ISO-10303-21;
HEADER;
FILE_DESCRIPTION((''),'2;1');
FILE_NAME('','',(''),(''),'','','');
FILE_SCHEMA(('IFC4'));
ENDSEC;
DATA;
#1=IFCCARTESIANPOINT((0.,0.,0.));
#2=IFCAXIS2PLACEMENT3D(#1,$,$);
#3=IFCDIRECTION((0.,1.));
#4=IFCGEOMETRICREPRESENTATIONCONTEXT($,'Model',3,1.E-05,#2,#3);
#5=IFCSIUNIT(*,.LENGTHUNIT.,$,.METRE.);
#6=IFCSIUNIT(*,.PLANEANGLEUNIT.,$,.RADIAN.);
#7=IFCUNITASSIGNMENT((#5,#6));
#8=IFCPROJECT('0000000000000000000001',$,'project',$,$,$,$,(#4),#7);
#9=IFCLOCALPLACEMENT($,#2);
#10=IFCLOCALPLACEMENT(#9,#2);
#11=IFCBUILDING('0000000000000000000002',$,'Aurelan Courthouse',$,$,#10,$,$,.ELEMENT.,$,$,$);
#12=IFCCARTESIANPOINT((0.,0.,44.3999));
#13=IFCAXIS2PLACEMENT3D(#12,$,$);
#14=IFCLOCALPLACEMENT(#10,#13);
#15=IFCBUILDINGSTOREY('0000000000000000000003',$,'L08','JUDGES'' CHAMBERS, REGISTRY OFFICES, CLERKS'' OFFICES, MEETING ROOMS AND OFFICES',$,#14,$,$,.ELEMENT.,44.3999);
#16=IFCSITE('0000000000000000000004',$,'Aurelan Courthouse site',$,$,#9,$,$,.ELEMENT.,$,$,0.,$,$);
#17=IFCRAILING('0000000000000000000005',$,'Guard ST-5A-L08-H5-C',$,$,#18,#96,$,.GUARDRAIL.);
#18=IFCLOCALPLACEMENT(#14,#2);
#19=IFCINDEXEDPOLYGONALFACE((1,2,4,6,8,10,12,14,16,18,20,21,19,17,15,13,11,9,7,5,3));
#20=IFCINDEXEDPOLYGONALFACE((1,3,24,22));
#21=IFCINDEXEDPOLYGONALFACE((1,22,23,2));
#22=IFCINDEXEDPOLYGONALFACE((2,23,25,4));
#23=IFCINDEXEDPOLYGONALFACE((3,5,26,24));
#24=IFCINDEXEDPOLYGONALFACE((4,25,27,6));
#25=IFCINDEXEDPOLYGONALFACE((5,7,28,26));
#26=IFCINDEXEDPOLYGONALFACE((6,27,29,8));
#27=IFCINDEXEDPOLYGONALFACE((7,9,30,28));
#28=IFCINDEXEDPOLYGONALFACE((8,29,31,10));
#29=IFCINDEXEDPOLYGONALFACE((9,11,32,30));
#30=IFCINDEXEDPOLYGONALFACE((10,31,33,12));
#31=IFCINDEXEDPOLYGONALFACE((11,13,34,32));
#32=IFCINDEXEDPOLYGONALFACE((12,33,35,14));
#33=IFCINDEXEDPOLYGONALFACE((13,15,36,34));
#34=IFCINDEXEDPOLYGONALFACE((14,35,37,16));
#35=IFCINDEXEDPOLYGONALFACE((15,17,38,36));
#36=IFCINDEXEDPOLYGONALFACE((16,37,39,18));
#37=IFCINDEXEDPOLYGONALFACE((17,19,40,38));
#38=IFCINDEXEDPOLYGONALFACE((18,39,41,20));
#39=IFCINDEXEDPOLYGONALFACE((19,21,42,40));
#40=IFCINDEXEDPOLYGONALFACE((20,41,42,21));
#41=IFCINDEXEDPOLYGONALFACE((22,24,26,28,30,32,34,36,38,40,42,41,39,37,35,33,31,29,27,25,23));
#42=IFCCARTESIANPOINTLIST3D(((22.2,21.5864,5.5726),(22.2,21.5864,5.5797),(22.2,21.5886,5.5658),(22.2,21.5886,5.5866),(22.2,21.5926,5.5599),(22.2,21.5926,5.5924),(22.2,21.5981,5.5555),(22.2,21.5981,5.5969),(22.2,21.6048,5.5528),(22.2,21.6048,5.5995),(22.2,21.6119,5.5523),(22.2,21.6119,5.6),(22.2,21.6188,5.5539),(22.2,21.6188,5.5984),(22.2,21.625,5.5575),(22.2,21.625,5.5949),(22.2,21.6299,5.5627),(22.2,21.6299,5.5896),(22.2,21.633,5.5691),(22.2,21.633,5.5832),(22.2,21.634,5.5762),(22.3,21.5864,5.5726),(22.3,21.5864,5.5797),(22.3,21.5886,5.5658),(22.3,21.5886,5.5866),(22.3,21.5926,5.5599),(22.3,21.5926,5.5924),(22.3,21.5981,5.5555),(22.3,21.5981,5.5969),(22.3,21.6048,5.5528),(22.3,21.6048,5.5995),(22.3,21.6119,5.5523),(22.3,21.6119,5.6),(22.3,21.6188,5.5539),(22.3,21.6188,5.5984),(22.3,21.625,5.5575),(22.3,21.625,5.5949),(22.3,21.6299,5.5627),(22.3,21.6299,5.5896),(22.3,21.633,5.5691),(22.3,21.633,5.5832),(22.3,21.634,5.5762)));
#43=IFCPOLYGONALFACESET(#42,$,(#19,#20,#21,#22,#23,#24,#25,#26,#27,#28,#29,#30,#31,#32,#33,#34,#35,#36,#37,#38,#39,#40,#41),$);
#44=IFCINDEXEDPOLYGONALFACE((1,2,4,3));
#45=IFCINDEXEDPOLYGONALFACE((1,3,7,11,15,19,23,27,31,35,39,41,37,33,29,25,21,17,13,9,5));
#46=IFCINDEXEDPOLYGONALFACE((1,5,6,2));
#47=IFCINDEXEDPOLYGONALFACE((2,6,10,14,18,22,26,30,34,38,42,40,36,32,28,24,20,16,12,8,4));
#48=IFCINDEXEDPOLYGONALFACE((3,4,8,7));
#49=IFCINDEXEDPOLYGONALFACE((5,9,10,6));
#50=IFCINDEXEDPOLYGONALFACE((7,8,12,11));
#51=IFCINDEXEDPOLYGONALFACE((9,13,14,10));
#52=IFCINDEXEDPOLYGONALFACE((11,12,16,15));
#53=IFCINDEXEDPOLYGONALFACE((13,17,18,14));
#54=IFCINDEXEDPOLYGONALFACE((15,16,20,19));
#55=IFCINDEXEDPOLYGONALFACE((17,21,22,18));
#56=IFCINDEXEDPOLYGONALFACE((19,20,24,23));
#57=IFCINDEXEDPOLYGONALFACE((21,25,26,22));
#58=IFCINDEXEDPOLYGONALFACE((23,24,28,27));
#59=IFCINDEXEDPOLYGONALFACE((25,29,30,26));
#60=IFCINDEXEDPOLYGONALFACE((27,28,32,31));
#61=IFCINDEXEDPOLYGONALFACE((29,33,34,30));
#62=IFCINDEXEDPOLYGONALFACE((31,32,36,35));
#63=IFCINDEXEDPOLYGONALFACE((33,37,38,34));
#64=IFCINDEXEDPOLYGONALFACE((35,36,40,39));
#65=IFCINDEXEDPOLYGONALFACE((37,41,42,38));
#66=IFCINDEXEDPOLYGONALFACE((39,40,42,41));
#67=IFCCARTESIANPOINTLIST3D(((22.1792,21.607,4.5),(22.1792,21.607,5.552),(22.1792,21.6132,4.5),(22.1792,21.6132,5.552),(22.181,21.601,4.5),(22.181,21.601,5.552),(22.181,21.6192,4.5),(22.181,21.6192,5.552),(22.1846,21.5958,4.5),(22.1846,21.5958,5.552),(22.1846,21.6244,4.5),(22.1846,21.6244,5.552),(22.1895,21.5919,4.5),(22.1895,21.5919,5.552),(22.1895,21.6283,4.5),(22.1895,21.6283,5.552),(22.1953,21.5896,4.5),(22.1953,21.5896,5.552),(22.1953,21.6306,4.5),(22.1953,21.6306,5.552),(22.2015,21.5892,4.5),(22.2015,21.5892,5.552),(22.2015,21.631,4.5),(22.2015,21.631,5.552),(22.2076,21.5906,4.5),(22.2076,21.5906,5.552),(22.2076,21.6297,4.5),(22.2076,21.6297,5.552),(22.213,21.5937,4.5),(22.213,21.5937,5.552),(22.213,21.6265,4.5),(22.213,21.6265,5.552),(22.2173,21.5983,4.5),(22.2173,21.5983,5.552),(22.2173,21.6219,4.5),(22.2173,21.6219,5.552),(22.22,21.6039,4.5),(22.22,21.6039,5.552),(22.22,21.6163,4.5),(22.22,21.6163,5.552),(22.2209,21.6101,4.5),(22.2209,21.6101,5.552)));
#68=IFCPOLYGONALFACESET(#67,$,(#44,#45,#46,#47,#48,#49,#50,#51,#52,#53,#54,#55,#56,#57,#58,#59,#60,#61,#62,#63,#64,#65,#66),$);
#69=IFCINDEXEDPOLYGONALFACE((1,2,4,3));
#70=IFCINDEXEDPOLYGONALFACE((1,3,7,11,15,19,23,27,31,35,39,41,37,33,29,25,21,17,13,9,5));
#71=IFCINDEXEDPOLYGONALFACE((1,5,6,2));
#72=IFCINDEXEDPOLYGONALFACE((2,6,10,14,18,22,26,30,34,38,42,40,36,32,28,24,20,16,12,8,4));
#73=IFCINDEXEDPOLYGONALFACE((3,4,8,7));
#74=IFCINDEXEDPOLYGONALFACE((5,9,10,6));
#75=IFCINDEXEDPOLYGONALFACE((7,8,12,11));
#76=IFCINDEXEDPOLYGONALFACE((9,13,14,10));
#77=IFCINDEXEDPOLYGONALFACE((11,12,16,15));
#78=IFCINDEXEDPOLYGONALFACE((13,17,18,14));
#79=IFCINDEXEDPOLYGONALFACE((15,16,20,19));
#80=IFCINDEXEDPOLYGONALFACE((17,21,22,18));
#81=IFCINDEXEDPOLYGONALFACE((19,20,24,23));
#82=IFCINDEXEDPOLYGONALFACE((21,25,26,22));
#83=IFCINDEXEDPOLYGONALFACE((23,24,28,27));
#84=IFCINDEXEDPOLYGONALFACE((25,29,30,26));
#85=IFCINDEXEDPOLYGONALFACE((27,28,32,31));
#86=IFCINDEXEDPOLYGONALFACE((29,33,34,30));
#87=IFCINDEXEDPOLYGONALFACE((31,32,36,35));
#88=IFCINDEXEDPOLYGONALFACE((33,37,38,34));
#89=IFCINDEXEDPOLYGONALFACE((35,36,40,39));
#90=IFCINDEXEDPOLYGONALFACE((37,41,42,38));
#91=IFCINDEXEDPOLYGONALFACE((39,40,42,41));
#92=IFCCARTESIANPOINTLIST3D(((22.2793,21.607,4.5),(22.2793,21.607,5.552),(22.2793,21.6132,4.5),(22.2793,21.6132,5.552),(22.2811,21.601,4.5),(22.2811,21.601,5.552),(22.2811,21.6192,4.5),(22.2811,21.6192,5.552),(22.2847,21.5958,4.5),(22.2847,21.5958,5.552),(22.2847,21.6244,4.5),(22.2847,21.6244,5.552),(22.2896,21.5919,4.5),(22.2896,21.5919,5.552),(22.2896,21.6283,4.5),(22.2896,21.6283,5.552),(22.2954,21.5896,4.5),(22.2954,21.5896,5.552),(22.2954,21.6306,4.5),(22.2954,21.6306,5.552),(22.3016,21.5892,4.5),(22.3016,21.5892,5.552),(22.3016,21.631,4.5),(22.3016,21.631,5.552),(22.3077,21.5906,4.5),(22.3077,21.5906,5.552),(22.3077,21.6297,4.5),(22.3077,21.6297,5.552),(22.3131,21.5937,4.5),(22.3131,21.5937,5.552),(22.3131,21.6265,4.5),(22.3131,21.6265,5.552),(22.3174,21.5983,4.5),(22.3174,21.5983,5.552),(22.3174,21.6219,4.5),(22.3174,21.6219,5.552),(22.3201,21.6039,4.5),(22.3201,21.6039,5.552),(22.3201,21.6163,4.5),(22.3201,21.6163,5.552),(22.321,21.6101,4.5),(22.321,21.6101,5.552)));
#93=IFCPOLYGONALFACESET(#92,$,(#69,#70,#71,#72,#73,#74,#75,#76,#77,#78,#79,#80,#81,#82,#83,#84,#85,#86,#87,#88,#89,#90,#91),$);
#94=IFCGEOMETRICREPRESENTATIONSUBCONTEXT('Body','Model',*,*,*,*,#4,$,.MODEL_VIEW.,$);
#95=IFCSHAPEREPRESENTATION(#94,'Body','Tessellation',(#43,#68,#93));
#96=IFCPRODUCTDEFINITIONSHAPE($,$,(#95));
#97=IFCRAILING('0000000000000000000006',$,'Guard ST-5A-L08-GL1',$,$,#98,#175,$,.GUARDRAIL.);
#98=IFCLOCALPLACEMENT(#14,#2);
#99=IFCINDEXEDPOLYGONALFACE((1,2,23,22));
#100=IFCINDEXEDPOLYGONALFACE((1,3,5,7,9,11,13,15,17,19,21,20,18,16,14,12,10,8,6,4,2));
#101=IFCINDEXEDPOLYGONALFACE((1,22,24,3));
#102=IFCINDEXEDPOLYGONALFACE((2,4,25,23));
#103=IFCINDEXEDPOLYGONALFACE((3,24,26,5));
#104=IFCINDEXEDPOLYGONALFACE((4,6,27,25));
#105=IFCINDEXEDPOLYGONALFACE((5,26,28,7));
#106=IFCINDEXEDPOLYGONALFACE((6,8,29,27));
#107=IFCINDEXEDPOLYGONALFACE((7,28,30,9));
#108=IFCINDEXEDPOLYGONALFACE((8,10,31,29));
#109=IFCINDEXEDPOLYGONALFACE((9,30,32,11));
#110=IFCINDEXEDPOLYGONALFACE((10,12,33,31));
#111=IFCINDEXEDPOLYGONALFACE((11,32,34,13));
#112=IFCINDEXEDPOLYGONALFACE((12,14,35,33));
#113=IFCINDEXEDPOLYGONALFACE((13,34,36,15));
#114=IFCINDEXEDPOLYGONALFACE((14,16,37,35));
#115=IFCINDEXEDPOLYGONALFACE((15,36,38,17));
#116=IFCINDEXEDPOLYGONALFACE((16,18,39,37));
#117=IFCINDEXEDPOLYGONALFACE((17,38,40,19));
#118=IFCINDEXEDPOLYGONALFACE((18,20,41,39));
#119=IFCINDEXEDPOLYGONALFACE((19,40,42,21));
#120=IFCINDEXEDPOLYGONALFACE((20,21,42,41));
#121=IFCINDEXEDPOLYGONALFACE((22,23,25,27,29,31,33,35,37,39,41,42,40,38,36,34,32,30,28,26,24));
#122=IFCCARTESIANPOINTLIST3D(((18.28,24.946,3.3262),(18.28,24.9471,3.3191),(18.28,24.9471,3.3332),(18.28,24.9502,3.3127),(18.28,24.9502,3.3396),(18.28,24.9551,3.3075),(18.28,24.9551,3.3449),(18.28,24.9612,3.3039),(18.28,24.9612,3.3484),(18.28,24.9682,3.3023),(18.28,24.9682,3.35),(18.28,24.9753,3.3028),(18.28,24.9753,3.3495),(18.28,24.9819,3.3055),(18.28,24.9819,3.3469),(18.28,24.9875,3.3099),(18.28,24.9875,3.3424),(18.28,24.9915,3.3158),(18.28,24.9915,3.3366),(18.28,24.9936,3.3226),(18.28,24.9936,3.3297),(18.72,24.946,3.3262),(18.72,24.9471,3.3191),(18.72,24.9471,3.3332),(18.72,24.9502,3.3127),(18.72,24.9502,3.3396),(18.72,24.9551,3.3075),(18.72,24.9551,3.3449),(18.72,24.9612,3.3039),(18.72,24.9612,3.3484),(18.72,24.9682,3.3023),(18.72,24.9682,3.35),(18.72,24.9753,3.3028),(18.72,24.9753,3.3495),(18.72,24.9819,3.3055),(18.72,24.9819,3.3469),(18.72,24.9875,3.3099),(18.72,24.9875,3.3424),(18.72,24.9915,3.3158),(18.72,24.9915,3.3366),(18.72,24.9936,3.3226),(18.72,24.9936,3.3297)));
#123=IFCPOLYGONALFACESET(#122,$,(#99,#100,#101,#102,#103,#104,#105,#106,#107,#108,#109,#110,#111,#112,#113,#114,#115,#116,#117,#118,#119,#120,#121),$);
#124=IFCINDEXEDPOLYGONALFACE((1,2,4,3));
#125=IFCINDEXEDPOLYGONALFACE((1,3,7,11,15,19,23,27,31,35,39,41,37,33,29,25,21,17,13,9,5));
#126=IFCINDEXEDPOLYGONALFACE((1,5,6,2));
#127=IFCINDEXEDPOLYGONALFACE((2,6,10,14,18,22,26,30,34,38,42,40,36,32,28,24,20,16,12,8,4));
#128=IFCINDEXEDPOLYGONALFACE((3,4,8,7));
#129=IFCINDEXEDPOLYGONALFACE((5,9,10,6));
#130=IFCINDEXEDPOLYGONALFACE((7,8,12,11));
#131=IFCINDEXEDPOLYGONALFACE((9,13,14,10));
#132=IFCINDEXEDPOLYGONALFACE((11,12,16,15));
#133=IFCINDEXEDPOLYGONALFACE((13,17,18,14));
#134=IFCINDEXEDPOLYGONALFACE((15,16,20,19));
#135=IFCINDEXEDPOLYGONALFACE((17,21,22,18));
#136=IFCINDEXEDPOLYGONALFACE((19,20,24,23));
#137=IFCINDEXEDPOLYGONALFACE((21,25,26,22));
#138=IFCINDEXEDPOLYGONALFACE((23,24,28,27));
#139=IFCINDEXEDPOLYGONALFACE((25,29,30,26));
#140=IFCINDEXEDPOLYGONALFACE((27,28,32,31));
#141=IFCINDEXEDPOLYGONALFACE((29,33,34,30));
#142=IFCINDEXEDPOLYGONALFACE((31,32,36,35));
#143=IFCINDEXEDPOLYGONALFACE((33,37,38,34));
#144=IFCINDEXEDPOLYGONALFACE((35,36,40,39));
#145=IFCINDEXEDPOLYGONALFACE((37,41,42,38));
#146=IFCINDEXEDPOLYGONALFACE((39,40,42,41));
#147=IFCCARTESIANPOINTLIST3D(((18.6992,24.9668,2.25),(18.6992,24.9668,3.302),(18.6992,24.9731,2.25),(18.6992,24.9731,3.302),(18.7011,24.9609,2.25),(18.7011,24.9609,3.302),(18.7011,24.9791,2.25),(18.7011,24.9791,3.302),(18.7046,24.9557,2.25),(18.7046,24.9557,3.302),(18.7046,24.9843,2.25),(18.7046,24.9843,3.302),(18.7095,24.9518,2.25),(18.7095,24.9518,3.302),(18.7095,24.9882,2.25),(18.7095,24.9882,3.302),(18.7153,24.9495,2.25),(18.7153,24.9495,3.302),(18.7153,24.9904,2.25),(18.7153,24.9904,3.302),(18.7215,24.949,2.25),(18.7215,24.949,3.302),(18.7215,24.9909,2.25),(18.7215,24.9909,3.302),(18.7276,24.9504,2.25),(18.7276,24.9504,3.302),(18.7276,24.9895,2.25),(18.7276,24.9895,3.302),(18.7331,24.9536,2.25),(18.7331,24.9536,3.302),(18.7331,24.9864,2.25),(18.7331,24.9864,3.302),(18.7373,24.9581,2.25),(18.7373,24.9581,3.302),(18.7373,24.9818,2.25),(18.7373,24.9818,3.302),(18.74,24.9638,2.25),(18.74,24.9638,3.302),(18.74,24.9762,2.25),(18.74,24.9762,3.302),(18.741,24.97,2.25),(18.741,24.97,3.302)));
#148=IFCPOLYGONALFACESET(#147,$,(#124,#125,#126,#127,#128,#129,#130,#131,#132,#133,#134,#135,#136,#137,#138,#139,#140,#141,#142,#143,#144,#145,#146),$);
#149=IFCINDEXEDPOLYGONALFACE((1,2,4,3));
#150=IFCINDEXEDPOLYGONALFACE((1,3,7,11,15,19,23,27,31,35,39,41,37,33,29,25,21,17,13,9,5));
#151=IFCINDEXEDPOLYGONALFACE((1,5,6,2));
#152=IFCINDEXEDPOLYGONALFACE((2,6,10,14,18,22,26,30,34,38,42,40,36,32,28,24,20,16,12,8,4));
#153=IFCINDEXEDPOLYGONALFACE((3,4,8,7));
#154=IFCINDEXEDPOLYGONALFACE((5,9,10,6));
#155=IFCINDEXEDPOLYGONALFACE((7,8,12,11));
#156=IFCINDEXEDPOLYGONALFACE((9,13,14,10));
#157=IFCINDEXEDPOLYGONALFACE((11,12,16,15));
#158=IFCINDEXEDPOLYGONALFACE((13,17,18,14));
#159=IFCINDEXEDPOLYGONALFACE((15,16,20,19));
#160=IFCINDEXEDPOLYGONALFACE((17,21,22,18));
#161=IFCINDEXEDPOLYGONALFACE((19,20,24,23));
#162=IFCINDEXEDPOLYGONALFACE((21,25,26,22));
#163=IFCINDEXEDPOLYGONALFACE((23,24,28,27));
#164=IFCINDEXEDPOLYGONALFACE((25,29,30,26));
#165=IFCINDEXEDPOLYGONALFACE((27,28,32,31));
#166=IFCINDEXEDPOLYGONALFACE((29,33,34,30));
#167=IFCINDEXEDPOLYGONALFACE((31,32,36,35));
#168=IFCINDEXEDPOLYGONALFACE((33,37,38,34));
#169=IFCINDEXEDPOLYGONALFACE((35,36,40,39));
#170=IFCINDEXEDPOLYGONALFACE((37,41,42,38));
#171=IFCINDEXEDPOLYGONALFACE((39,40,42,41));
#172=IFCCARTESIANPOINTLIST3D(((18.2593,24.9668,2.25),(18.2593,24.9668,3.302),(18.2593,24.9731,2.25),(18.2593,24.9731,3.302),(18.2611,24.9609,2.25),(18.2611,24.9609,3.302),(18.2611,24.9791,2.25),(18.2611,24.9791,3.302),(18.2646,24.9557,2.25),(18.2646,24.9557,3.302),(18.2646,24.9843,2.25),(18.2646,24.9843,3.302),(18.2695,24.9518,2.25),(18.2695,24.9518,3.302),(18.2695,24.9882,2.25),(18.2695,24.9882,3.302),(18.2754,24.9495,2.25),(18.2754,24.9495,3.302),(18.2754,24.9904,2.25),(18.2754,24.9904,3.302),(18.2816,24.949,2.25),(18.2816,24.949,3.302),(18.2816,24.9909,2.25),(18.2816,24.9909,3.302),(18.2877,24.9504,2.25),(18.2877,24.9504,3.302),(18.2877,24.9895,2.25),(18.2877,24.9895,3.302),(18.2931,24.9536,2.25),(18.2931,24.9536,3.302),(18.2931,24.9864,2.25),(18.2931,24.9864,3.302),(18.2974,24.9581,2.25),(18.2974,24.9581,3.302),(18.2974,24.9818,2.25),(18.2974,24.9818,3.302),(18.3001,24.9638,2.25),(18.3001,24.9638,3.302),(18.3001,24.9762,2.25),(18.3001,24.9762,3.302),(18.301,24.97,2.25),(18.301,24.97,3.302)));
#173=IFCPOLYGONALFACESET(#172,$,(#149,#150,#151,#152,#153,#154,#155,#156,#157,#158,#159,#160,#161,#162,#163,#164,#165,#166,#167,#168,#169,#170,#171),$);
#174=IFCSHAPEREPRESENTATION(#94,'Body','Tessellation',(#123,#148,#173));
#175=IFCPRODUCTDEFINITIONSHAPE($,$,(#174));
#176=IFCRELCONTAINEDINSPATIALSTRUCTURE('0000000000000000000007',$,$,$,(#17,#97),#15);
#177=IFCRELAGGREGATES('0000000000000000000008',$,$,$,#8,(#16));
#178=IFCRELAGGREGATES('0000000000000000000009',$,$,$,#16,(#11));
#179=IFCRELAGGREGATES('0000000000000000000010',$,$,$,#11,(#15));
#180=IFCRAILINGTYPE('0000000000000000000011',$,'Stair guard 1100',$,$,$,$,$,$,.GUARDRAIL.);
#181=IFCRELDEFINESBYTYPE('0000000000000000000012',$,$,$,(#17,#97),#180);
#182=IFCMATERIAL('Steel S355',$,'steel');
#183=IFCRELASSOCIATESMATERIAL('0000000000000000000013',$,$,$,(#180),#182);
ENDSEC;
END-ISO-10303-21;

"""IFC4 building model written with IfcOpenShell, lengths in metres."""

from ifc_helpers import new_model, si_unit, direction, frame, origin, origin_2d, place, context, subcontext, project, spatial, circle, extrude, material, type_object, element, save


model = new_model("IFC4")

# Units and contexts
model_context = context("Model", 3, precision=1e-05, world=origin(), true_north=direction((0.0, 1.0)))
body_context = subcontext(model_context, "Body", "Model", "MODEL_VIEW")
ifc_project = project(units=[si_unit("LENGTHUNIT", "METRE"), si_unit("PLANEANGLEUNIT", "RADIAN")], contexts=[model_context])

# Site, building, storey
site_placement = place(None, origin())
site = spatial("IfcSite", under=ifc_project, at=site_placement, Name="Aurelan Courthouse site", CompositionType="ELEMENT", RefElevation=0.0)
building_placement = place(site_placement, origin())
building = spatial("IfcBuilding", under=site, at=building_placement, Name="Aurelan Courthouse", CompositionType="ELEMENT")
storey_placement = place(building_placement, frame((0.0, 0.0, 44.3999)))
storey = spatial("IfcBuildingStorey", under=building, at=storey_placement, Name="L08", Description="JUDGES' CHAMBERS, REGISTRY OFFICES, CLERKS' OFFICES, MEETING ROOMS AND OFFICES", CompositionType="ELEMENT", Elevation=44.3999)

# Railings
ifc_material_1 = material(Name="Steel S355", Category="steel")
railing_type_1 = type_object("IfcRailingType", Name="Stair guard 1100", PredefinedType="GUARDRAIL", material=ifc_material_1)
railing_1_placement = place(storey_placement, frame((22.2, 21.6101, 4.5)))
element("IfcRailing", 1, at=railing_1_placement, inside=storey, type_object=railing_type_1, Name="Guard ST-5A-L08-H5-C", PredefinedType="GUARDRAIL", context=body_context, shape_type="SweptSolid", body=[
    extrude(circle(Radius=0.0239, at=origin_2d()), frame((0.0, 0.0, 1.0762), z_axis=(1.0, 0.0, 0.0), x_axis=(0.0, 1.0, 0.0)), (0.0, 0.0, 1.0), 0.1001),
    extrude(circle(Radius=0.021, at=origin_2d()), origin(), (0.0, 0.0, 1.0), 1.052),
    extrude(circle(Radius=0.021, at=origin_2d()), frame((0.1001, 0.0, 0.0)), (0.0, 0.0, 1.0), 1.052),
])
railing_2_placement = place(storey_placement, frame((18.72, 24.97, 2.25)))
element("IfcRailing", 2, at=railing_2_placement, inside=storey, type_object=railing_type_1, Name="Guard ST-5A-L08-GL1", PredefinedType="GUARDRAIL", context=body_context, shape_type="SweptSolid", body=[
    extrude(circle(Radius=0.0239, at=origin_2d()), frame((0.0, 0.0, 1.0762), z_axis=(-1.0, 0.0, 0.0), x_axis=(0.0, -1.0, 0.0)), (0.0, 0.0, 1.0), 0.4399),
    extrude(circle(Radius=0.021, at=origin_2d()), origin(), (0.0, 0.0, 1.0), 1.052),
    extrude(circle(Radius=0.021, at=origin_2d()), frame((-0.4399, 0.0, 0.0)), (0.0, 0.0, 1.0), 1.052),
])

save(model, "model.ifc")
